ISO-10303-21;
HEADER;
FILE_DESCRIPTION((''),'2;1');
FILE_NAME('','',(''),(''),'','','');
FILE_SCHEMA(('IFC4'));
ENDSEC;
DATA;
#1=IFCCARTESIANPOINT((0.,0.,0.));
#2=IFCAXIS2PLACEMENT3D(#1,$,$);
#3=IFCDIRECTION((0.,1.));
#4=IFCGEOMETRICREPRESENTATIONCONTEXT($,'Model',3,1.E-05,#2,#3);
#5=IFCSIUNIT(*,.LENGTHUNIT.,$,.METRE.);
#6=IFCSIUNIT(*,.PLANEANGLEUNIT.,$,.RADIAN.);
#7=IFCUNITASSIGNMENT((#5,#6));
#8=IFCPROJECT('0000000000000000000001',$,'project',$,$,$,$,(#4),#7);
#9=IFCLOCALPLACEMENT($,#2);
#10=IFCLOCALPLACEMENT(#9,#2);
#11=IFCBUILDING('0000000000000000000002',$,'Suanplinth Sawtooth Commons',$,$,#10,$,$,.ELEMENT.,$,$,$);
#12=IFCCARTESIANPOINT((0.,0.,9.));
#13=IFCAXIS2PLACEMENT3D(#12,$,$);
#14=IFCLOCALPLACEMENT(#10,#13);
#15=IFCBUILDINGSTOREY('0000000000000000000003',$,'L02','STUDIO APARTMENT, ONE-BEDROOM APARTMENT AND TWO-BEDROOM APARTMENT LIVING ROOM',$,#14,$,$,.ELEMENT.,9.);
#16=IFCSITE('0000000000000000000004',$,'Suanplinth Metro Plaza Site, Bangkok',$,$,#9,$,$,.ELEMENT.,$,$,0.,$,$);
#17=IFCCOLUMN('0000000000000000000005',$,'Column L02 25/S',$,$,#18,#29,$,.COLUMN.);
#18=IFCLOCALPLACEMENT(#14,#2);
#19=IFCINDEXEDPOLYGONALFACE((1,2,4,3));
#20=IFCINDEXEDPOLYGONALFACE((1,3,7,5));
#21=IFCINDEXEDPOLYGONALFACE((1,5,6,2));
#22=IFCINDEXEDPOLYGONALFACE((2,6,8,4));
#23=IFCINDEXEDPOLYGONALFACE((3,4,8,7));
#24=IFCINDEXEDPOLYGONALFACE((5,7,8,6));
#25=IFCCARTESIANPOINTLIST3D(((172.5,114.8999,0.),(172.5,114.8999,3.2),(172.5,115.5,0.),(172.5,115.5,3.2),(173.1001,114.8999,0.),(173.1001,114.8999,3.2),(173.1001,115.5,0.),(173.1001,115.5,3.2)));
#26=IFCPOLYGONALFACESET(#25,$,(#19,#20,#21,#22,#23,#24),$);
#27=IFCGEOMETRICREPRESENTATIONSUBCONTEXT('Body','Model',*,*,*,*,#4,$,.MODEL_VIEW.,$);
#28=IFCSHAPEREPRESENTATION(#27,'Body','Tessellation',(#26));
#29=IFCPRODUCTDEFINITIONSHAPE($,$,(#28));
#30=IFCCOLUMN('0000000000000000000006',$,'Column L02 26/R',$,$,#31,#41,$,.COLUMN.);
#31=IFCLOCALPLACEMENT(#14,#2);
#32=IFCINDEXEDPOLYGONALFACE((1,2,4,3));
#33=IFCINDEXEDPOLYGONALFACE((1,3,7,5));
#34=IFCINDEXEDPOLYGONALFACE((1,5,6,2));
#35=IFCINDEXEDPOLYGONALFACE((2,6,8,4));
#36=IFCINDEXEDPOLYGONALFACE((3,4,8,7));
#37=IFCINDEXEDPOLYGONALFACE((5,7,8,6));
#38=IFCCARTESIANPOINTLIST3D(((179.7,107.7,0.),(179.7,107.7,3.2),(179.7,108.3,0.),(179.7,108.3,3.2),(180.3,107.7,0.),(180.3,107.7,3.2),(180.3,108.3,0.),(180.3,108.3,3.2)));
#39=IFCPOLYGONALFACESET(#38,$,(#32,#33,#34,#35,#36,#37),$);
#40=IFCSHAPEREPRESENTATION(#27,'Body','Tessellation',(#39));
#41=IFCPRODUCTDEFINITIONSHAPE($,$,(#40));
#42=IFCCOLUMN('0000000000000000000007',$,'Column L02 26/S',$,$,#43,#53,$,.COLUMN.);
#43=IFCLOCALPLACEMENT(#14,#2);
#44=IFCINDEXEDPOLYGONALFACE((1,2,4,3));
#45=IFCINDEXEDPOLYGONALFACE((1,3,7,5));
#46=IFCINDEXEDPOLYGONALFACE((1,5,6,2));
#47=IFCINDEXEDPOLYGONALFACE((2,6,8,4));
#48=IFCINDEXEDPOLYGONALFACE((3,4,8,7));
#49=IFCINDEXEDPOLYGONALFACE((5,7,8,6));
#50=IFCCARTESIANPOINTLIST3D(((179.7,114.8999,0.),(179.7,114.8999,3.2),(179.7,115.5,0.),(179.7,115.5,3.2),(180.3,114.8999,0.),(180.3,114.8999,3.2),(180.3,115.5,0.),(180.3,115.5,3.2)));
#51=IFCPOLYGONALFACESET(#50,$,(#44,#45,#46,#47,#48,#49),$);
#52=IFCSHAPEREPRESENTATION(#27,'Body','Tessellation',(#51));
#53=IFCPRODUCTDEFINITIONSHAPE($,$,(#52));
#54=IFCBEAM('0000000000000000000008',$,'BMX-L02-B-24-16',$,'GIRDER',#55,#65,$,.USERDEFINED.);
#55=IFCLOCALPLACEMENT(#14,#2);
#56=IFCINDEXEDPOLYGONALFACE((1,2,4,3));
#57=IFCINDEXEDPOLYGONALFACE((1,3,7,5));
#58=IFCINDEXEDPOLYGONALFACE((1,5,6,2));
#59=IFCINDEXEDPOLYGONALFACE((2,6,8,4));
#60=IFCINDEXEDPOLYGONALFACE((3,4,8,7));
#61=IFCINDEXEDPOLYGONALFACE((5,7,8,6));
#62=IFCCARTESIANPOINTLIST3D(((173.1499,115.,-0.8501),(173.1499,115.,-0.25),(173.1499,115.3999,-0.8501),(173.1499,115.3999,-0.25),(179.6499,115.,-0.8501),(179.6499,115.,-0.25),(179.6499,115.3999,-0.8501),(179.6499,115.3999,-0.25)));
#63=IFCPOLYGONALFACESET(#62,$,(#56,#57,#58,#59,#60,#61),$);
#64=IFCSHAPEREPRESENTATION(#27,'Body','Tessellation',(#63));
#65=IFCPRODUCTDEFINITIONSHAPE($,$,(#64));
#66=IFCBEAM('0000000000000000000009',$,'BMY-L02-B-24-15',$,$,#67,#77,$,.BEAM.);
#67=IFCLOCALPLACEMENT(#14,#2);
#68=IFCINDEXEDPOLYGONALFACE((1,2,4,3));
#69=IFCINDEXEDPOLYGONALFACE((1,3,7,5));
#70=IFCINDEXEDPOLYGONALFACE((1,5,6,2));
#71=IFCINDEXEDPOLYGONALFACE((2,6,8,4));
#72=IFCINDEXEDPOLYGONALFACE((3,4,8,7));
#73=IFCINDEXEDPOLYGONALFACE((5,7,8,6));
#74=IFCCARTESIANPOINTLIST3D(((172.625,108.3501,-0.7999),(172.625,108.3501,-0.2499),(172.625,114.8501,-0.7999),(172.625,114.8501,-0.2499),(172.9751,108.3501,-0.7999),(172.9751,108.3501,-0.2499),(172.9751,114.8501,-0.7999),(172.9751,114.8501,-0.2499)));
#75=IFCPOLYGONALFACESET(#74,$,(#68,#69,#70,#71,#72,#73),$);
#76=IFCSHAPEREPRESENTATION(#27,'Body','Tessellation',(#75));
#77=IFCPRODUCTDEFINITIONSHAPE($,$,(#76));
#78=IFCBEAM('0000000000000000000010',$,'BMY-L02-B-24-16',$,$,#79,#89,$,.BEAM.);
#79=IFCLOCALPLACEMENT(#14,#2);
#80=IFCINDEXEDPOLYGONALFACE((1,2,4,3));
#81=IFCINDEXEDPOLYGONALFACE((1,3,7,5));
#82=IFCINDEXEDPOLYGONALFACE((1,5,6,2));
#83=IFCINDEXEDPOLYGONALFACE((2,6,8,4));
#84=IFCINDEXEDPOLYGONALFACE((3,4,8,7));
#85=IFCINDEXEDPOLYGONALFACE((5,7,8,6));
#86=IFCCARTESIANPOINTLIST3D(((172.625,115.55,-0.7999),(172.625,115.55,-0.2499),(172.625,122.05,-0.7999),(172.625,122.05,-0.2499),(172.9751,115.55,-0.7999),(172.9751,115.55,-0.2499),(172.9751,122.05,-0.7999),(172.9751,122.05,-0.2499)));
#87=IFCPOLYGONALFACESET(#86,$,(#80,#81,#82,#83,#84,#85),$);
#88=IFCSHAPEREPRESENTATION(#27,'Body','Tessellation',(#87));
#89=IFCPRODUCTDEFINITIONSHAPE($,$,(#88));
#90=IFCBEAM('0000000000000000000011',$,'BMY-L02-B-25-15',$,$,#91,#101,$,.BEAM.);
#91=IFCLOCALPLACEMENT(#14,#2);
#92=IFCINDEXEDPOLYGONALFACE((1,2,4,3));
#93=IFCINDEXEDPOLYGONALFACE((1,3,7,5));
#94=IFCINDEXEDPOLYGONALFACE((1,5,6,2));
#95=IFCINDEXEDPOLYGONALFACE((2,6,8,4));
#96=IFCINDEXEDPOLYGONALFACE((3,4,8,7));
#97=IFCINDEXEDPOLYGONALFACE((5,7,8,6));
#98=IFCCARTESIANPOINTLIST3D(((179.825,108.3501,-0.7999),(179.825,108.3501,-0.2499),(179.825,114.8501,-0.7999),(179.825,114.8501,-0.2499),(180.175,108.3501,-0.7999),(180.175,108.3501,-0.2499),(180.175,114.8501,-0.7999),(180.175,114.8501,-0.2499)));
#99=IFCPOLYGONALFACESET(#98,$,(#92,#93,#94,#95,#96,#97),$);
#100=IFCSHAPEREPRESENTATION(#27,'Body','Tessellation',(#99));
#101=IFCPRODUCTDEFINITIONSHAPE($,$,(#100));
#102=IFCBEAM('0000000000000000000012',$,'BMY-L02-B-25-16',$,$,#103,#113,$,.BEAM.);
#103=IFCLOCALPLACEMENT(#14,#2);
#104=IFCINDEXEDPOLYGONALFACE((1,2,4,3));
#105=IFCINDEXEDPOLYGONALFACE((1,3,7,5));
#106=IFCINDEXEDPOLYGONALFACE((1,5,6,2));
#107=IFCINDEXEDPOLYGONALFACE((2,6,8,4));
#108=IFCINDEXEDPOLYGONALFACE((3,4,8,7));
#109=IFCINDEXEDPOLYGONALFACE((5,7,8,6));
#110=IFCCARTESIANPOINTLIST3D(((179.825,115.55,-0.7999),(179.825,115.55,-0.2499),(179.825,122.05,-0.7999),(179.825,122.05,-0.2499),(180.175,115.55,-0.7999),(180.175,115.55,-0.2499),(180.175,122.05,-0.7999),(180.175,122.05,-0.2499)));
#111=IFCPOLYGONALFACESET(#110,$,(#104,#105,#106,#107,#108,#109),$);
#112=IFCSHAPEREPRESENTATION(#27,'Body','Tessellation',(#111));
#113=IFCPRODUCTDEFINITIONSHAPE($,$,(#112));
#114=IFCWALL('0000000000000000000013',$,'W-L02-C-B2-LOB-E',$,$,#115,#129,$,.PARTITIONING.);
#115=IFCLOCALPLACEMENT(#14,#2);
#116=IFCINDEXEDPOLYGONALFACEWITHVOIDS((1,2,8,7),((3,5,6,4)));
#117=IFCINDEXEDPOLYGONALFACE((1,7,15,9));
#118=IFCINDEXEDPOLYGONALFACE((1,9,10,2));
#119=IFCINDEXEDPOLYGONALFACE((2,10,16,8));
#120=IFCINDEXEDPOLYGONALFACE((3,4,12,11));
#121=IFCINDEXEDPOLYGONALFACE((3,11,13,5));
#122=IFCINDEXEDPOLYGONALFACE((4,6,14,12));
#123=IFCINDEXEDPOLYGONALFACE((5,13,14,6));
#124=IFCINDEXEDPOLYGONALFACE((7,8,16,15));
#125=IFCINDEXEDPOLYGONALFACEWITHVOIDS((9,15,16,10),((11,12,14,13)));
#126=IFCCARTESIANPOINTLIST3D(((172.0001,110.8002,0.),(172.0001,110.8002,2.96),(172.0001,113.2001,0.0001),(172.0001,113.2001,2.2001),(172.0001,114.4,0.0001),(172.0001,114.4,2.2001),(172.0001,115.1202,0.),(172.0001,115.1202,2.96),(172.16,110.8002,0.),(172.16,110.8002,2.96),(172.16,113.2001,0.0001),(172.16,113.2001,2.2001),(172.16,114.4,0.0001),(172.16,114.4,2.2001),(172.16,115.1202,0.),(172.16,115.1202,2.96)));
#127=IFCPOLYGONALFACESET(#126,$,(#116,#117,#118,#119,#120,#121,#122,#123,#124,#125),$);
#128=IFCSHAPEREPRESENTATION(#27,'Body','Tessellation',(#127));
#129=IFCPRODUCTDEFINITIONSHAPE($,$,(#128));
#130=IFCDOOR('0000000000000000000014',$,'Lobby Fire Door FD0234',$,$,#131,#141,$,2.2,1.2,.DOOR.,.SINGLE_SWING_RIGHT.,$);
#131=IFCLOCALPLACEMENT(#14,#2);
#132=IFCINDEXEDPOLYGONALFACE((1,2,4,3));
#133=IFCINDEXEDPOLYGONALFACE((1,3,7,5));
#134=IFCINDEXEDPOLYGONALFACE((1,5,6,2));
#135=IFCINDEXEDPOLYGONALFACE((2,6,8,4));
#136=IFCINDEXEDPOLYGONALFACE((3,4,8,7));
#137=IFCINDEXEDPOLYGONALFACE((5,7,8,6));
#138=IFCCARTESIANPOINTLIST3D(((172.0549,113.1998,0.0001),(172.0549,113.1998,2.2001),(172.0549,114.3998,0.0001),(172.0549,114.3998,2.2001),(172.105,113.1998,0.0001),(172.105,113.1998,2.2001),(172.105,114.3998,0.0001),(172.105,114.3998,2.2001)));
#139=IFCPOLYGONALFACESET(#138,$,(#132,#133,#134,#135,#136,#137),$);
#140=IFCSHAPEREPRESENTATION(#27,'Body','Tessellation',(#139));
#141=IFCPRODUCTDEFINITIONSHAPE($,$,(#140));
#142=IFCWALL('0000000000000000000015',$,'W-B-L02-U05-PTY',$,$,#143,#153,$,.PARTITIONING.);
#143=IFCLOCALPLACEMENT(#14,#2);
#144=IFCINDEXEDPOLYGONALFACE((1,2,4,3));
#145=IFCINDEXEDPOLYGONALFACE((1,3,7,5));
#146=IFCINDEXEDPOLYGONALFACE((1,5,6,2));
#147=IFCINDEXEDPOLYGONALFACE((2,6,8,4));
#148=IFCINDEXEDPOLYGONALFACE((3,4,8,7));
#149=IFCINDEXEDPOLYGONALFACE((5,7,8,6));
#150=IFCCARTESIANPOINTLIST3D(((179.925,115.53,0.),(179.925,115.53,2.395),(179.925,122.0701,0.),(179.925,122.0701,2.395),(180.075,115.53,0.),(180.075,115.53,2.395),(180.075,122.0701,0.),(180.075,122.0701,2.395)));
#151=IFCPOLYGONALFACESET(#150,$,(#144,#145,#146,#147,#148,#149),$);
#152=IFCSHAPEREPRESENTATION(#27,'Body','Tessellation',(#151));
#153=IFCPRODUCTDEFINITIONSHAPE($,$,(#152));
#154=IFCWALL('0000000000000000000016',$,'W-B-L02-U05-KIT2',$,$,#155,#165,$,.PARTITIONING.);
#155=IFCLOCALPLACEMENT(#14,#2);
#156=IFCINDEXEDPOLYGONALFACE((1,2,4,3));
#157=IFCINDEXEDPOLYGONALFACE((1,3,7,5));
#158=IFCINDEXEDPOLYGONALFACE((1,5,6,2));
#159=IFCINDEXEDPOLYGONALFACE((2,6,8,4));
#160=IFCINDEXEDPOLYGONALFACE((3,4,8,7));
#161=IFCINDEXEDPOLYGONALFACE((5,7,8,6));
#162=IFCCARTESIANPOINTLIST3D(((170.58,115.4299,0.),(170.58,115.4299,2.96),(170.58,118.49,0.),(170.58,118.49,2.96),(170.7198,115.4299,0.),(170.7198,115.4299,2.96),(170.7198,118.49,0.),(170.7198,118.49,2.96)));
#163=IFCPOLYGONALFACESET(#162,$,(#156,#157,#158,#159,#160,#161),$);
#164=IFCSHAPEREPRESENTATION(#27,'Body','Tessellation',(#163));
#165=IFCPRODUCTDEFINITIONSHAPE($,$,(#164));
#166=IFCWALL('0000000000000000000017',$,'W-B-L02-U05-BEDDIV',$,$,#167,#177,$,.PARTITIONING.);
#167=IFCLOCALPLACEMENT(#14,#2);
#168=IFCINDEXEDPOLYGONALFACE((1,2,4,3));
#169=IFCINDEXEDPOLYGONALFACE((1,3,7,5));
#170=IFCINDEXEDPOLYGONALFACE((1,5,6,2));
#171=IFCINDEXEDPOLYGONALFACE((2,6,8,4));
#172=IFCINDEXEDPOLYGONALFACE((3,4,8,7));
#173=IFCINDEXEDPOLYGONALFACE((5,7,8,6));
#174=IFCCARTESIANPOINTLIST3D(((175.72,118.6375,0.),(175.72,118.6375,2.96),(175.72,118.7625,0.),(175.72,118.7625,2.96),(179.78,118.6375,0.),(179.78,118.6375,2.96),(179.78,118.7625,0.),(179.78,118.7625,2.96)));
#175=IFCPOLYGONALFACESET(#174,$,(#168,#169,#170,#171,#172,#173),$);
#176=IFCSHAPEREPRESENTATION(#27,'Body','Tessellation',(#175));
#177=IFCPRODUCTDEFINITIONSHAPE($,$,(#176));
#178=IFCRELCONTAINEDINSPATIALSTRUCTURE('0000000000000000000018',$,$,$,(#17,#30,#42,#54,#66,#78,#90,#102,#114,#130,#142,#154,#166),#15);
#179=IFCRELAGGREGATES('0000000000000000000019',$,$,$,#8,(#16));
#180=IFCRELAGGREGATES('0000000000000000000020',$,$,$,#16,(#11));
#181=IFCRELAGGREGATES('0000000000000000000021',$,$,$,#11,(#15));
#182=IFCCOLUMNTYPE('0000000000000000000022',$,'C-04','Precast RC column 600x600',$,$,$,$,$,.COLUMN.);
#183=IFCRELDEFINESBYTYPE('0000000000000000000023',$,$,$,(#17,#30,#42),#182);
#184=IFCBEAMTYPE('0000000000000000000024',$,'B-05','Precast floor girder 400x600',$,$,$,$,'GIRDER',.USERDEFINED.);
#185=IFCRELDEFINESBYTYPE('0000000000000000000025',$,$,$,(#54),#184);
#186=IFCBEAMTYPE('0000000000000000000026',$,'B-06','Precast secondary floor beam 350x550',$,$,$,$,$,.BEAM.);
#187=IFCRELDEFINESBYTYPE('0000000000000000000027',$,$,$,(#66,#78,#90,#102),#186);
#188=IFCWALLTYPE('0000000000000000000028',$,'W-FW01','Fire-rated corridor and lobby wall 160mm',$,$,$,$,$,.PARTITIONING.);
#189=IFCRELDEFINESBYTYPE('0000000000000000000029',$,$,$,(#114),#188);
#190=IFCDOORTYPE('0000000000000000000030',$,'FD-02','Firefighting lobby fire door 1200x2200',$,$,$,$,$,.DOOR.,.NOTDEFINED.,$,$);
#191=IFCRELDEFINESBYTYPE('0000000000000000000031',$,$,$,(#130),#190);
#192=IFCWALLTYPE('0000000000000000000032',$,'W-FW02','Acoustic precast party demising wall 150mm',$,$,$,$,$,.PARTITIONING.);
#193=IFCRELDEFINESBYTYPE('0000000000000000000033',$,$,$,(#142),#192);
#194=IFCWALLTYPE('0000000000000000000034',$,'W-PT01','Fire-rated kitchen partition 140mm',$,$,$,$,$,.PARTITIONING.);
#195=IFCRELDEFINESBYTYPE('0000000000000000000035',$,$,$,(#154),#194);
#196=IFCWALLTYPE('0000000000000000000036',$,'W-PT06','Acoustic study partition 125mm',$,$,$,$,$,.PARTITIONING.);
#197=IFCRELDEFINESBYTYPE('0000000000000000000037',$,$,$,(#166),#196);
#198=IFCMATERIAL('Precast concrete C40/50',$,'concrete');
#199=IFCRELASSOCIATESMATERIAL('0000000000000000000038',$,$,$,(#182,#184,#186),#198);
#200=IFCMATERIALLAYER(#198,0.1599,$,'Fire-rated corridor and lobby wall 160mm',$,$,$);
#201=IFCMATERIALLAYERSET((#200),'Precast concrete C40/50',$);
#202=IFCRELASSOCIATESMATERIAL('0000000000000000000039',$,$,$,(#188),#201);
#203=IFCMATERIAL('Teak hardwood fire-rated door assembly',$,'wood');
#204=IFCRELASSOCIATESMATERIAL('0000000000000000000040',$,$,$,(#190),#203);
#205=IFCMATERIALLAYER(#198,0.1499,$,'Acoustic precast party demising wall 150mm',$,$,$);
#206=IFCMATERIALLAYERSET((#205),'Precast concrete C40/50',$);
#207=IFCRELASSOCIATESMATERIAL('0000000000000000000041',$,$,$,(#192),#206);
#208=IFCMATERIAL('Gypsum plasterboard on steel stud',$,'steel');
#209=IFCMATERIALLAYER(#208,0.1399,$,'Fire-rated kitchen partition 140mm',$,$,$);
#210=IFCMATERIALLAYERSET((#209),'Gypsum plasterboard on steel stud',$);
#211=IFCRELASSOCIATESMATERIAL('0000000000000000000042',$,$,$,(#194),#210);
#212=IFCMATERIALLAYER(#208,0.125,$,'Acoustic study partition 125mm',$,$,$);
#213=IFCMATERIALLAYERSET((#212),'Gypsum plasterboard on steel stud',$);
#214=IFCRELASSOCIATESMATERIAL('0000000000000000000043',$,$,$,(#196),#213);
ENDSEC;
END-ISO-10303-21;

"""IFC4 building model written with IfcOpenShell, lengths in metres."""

from ifc_helpers import new_model, si_unit, direction, frame, frame_2d, origin, origin_2d, place, context, subcontext, project, spatial, rectangle, extrude, material, layer, layer_set, material_profile, profile_set, type_object, element, fill, save


model = new_model("IFC4")

# Units and contexts
model_context = context("Model", 3, precision=1e-05, world=origin(), true_north=direction((0.0, 1.0)))
body_context = subcontext(model_context, "Body", "Model", "MODEL_VIEW")
ifc_project = project(units=[si_unit("LENGTHUNIT", "METRE"), si_unit("PLANEANGLEUNIT", "RADIAN")], contexts=[model_context])

# Site, building, storey
site_placement = place(None, origin())
site = spatial("IfcSite", under=ifc_project, at=site_placement, Name="Suanplinth Metro Plaza Site, Bangkok", CompositionType="ELEMENT", RefElevation=0.0)
building_placement = place(site_placement, origin())
building = spatial("IfcBuilding", under=site, at=building_placement, Name="Suanplinth Sawtooth Commons", CompositionType="ELEMENT")
storey_placement = place(building_placement, frame((0.0, 0.0, 9.0)))
storey = spatial("IfcBuildingStorey", under=building, at=storey_placement, Name="L02", Description="STUDIO APARTMENT, ONE-BEDROOM APARTMENT AND TWO-BEDROOM APARTMENT LIVING ROOM", CompositionType="ELEMENT", Elevation=9.0)

# Columns
ifc_material_1 = material(Name="Precast concrete C40/50", Category="concrete")
ifc_material_profile_1 = material_profile(ifc_material_1, rectangle(XDim=0.6001, YDim=0.6001, at=origin_2d()), Name="PC-COL 600x600")
ifc_profile_set_1 = profile_set([ifc_material_profile_1], Name="Precast concrete C40/50")
column_type = type_object("IfcColumnType", Name="C-04", Description="Precast RC column 600x600", PredefinedType="COLUMN", material=ifc_profile_set_1)
for number, where, z_axis, x_axis, name in (
    (1, (172.8, 115.2, 0.0), (0.0, 0.0, 1.0), (1.0, 0.0, 0.0), "Column L02 25/S"),
    (2, (180.0, 108.0, 0.0), (0.0, 0.0, 1.0), (1.0, 0.0, 0.0), "Column L02 26/R"),
    (3, (180.0, 115.2, 0.0), (0.0, 0.0, 1.0), (1.0, 0.0, 0.0), "Column L02 26/S"),
):
    element("IfcColumn", number, at=place(storey_placement, frame(where, z_axis=z_axis, x_axis=x_axis)), inside=storey, type_object=column_type, Name=name, PredefinedType="COLUMN", context=body_context, shape_type="SweptSolid", body=[
        extrude(rectangle(XDim=0.6001, YDim=0.6001, at=origin_2d()), origin(), (0.0, 0.0, 1.0), 3.2),
    ])

# Beams
ifc_material_profile_2 = material_profile(ifc_material_1, rectangle(XDim=0.3999, YDim=0.6001, at=origin_2d()), Name="PC-GDR 400x600")
ifc_profile_set_2 = profile_set([ifc_material_profile_2], Name="Precast concrete C40/50")
beam_type_1 = type_object("IfcBeamType", Name="B-05", Description="Precast floor girder 400x600", ElementType="GIRDER", PredefinedType="USERDEFINED", material=ifc_profile_set_2)
beam_placement = place(storey_placement, frame((173.1499, 115.2, -0.55), z_axis=(1.0, 0.0, 0.0), x_axis=(0.0, 1.0, 0.0)))
element("IfcBeam", 4, at=beam_placement, inside=storey, type_object=beam_type_1, Name="BMX-L02-B-24-16", ObjectType="GIRDER", PredefinedType="USERDEFINED", context=body_context, shape_type="SweptSolid", body=[
    extrude(rectangle(XDim=0.3999, YDim=0.6001, at=origin_2d()), origin(), (0.0, 0.0, 1.0), 6.5),
])
ifc_material_profile_3 = material_profile(ifc_material_1, rectangle(XDim=0.3501, YDim=0.55, at=origin_2d()), Name="PC-BM 350x550")
ifc_profile_set_3 = profile_set([ifc_material_profile_3], Name="Precast concrete C40/50")
beam_type_2 = type_object("IfcBeamType", Name="B-06", Description="Precast secondary floor beam 350x550", PredefinedType="BEAM", material=ifc_profile_set_3)
for number, where, z_axis, x_axis, name in (
    (5, (172.8, 108.3501, -0.5249), (0.0, 1.0, 0.0), (-1.0, 0.0, 0.0), "BMY-L02-B-24-15"),
    (6, (172.8, 115.55, -0.5249), (0.0, 1.0, 0.0), (-1.0, 0.0, 0.0), "BMY-L02-B-24-16"),
    (7, (180.0, 108.3501, -0.5249), (0.0, 1.0, 0.0), (-1.0, 0.0, 0.0), "BMY-L02-B-25-15"),
    (8, (180.0, 115.55, -0.5249), (0.0, 1.0, 0.0), (-1.0, 0.0, 0.0), "BMY-L02-B-25-16"),
):
    element("IfcBeam", number, at=place(storey_placement, frame(where, z_axis=z_axis, x_axis=x_axis)), inside=storey, type_object=beam_type_2, Name=name, PredefinedType="BEAM", context=body_context, shape_type="SweptSolid", body=[
        extrude(rectangle(XDim=0.3501, YDim=0.55, at=origin_2d()), origin(), (0.0, 0.0, 1.0), 6.5),
    ])

# Wall, opening, door
ifc_layer_1 = layer(ifc_material_1, 0.1599, Name="Fire-rated corridor and lobby wall 160mm")
ifc_layer_set_1 = layer_set([ifc_layer_1], Name="Precast concrete C40/50")
wall_type_1 = type_object("IfcWallType", Name="W-FW01", Description="Fire-rated corridor and lobby wall 160mm", PredefinedType="PARTITIONING", material=ifc_layer_set_1)
wall_1_placement = place(storey_placement, frame((172.0801, 110.8, 0.0), z_axis=(0.0, 0.0, 1.0), x_axis=(0.0, 1.0, 0.0)))
wall_1 = element("IfcWall", 9, at=wall_1_placement, inside=storey, type_object=wall_type_1, Name="W-L02-C-B2-LOB-E", PredefinedType="PARTITIONING", context=body_context, shape_type="SweptSolid", body=[
    extrude(rectangle(XDim=4.3201, YDim=0.1599, at=frame_2d((2.1602, 0.0))), origin(), (0.0, 0.0, 1.0), 2.96),
])
opening_1_placement = place(wall_1_placement, frame((2.3999, 0.0, 0.0)))
opening_1 = element("IfcOpeningElement", 10, at=opening_1_placement, cuts=wall_1, PredefinedType="OPENING", context=body_context, shape_type="SweptSolid", body=[
    extrude(rectangle(XDim=1.2, YDim=2.2, at=frame_2d((0.6001, 1.1001))), frame((0.0, 0.0947, 0.0), z_axis=(0.0, -1.0, 0.0), x_axis=(1.0, 0.0, 0.0)), (0.0, 0.0, 1.0), 0.1897),
])
ifc_material_2 = material(Name="Teak hardwood fire-rated door assembly", Category="wood")
door_type_1 = type_object("IfcDoorType", Name="FD-02", Description="Firefighting lobby fire door 1200x2200", OperationType="NOTDEFINED", PredefinedType="DOOR", material=ifc_material_2)
door_1_placement = place(opening_1_placement, frame((1.2, 0.0, 0.0), z_axis=(0.0, 0.0, 1.0), x_axis=(-1.0, 0.0, 0.0)))
door_1 = element("IfcDoor", 11, at=door_1_placement, inside=storey, type_object=door_type_1, Name="Lobby Fire Door FD0234", OperationType="SINGLE_SWING_RIGHT", OverallHeight=2.2, OverallWidth=1.2, PredefinedType="DOOR", context=body_context, shape_type="SweptSolid", body=[
    extrude(rectangle(XDim=1.2, YDim=2.2, at=frame_2d((0.6001, 1.1001))), frame((0.0, 0.0249, 0.0), z_axis=(0.0, -1.0, 0.0), x_axis=(1.0, 0.0, 0.0)), (0.0, 0.0, 1.0), 0.05),
])
fill(opening_1, door_1)

# Walls
ifc_layer_2 = layer(ifc_material_1, 0.1499, Name="Acoustic precast party demising wall 150mm")
ifc_layer_set_2 = layer_set([ifc_layer_2], Name="Precast concrete C40/50")
wall_type_2 = type_object("IfcWallType", Name="W-FW02", Description="Acoustic precast party demising wall 150mm", PredefinedType="PARTITIONING", material=ifc_layer_set_2)
wall_2_placement = place(storey_placement, frame((180.0, 115.53, 0.0), z_axis=(0.0, 0.0, 1.0), x_axis=(0.0, 1.0, 0.0)))
element("IfcWall", 12, at=wall_2_placement, inside=storey, type_object=wall_type_2, Name="W-B-L02-U05-PTY", PredefinedType="PARTITIONING", context=body_context, shape_type="SweptSolid", body=[
    extrude(rectangle(XDim=6.54, YDim=0.1499, at=frame_2d((3.27, 0.0))), origin(), (0.0, 0.0, 1.0), 2.395),
])
ifc_material_3 = material(Name="Gypsum plasterboard on steel stud", Category="steel")
ifc_layer_3 = layer(ifc_material_3, 0.1399, Name="Fire-rated kitchen partition 140mm")
ifc_layer_set_3 = layer_set([ifc_layer_3], Name="Gypsum plasterboard on steel stud")
wall_type_3 = type_object("IfcWallType", Name="W-PT01", Description="Fire-rated kitchen partition 140mm", PredefinedType="PARTITIONING", material=ifc_layer_set_3)
wall_3_placement = place(storey_placement, frame((170.6499, 115.4299, 0.0), z_axis=(0.0, 0.0, 1.0), x_axis=(0.0, 1.0, 0.0)))
element("IfcWall", 13, at=wall_3_placement, inside=storey, type_object=wall_type_3, Name="W-B-L02-U05-KIT2", PredefinedType="PARTITIONING", context=body_context, shape_type="SweptSolid", body=[
    extrude(rectangle(XDim=3.0601, YDim=0.1399, at=frame_2d((1.53, 0.0))), origin(), (0.0, 0.0, 1.0), 2.96),
])

# Wall
ifc_layer_4 = layer(ifc_material_3, 0.125, Name="Acoustic study partition 125mm")
ifc_layer_set_4 = layer_set([ifc_layer_4], Name="Gypsum plasterboard on steel stud")
wall_type_4 = type_object("IfcWallType", Name="W-PT06", Description="Acoustic study partition 125mm", PredefinedType="PARTITIONING", material=ifc_layer_set_4)
wall_4_placement = place(storey_placement, frame((175.72, 118.7, 0.0), z_axis=(0.0, 0.0, 1.0), x_axis=(1.0, 0.0, 0.0)))
element("IfcWall", 14, at=wall_4_placement, inside=storey, type_object=wall_type_4, Name="W-B-L02-U05-BEDDIV", PredefinedType="PARTITIONING", context=body_context, shape_type="SweptSolid", body=[
    extrude(rectangle(XDim=4.0601, YDim=0.125, at=frame_2d((2.03, 0.0))), origin(), (0.0, 0.0, 1.0), 2.96),
])

save(model, "model.ifc")
